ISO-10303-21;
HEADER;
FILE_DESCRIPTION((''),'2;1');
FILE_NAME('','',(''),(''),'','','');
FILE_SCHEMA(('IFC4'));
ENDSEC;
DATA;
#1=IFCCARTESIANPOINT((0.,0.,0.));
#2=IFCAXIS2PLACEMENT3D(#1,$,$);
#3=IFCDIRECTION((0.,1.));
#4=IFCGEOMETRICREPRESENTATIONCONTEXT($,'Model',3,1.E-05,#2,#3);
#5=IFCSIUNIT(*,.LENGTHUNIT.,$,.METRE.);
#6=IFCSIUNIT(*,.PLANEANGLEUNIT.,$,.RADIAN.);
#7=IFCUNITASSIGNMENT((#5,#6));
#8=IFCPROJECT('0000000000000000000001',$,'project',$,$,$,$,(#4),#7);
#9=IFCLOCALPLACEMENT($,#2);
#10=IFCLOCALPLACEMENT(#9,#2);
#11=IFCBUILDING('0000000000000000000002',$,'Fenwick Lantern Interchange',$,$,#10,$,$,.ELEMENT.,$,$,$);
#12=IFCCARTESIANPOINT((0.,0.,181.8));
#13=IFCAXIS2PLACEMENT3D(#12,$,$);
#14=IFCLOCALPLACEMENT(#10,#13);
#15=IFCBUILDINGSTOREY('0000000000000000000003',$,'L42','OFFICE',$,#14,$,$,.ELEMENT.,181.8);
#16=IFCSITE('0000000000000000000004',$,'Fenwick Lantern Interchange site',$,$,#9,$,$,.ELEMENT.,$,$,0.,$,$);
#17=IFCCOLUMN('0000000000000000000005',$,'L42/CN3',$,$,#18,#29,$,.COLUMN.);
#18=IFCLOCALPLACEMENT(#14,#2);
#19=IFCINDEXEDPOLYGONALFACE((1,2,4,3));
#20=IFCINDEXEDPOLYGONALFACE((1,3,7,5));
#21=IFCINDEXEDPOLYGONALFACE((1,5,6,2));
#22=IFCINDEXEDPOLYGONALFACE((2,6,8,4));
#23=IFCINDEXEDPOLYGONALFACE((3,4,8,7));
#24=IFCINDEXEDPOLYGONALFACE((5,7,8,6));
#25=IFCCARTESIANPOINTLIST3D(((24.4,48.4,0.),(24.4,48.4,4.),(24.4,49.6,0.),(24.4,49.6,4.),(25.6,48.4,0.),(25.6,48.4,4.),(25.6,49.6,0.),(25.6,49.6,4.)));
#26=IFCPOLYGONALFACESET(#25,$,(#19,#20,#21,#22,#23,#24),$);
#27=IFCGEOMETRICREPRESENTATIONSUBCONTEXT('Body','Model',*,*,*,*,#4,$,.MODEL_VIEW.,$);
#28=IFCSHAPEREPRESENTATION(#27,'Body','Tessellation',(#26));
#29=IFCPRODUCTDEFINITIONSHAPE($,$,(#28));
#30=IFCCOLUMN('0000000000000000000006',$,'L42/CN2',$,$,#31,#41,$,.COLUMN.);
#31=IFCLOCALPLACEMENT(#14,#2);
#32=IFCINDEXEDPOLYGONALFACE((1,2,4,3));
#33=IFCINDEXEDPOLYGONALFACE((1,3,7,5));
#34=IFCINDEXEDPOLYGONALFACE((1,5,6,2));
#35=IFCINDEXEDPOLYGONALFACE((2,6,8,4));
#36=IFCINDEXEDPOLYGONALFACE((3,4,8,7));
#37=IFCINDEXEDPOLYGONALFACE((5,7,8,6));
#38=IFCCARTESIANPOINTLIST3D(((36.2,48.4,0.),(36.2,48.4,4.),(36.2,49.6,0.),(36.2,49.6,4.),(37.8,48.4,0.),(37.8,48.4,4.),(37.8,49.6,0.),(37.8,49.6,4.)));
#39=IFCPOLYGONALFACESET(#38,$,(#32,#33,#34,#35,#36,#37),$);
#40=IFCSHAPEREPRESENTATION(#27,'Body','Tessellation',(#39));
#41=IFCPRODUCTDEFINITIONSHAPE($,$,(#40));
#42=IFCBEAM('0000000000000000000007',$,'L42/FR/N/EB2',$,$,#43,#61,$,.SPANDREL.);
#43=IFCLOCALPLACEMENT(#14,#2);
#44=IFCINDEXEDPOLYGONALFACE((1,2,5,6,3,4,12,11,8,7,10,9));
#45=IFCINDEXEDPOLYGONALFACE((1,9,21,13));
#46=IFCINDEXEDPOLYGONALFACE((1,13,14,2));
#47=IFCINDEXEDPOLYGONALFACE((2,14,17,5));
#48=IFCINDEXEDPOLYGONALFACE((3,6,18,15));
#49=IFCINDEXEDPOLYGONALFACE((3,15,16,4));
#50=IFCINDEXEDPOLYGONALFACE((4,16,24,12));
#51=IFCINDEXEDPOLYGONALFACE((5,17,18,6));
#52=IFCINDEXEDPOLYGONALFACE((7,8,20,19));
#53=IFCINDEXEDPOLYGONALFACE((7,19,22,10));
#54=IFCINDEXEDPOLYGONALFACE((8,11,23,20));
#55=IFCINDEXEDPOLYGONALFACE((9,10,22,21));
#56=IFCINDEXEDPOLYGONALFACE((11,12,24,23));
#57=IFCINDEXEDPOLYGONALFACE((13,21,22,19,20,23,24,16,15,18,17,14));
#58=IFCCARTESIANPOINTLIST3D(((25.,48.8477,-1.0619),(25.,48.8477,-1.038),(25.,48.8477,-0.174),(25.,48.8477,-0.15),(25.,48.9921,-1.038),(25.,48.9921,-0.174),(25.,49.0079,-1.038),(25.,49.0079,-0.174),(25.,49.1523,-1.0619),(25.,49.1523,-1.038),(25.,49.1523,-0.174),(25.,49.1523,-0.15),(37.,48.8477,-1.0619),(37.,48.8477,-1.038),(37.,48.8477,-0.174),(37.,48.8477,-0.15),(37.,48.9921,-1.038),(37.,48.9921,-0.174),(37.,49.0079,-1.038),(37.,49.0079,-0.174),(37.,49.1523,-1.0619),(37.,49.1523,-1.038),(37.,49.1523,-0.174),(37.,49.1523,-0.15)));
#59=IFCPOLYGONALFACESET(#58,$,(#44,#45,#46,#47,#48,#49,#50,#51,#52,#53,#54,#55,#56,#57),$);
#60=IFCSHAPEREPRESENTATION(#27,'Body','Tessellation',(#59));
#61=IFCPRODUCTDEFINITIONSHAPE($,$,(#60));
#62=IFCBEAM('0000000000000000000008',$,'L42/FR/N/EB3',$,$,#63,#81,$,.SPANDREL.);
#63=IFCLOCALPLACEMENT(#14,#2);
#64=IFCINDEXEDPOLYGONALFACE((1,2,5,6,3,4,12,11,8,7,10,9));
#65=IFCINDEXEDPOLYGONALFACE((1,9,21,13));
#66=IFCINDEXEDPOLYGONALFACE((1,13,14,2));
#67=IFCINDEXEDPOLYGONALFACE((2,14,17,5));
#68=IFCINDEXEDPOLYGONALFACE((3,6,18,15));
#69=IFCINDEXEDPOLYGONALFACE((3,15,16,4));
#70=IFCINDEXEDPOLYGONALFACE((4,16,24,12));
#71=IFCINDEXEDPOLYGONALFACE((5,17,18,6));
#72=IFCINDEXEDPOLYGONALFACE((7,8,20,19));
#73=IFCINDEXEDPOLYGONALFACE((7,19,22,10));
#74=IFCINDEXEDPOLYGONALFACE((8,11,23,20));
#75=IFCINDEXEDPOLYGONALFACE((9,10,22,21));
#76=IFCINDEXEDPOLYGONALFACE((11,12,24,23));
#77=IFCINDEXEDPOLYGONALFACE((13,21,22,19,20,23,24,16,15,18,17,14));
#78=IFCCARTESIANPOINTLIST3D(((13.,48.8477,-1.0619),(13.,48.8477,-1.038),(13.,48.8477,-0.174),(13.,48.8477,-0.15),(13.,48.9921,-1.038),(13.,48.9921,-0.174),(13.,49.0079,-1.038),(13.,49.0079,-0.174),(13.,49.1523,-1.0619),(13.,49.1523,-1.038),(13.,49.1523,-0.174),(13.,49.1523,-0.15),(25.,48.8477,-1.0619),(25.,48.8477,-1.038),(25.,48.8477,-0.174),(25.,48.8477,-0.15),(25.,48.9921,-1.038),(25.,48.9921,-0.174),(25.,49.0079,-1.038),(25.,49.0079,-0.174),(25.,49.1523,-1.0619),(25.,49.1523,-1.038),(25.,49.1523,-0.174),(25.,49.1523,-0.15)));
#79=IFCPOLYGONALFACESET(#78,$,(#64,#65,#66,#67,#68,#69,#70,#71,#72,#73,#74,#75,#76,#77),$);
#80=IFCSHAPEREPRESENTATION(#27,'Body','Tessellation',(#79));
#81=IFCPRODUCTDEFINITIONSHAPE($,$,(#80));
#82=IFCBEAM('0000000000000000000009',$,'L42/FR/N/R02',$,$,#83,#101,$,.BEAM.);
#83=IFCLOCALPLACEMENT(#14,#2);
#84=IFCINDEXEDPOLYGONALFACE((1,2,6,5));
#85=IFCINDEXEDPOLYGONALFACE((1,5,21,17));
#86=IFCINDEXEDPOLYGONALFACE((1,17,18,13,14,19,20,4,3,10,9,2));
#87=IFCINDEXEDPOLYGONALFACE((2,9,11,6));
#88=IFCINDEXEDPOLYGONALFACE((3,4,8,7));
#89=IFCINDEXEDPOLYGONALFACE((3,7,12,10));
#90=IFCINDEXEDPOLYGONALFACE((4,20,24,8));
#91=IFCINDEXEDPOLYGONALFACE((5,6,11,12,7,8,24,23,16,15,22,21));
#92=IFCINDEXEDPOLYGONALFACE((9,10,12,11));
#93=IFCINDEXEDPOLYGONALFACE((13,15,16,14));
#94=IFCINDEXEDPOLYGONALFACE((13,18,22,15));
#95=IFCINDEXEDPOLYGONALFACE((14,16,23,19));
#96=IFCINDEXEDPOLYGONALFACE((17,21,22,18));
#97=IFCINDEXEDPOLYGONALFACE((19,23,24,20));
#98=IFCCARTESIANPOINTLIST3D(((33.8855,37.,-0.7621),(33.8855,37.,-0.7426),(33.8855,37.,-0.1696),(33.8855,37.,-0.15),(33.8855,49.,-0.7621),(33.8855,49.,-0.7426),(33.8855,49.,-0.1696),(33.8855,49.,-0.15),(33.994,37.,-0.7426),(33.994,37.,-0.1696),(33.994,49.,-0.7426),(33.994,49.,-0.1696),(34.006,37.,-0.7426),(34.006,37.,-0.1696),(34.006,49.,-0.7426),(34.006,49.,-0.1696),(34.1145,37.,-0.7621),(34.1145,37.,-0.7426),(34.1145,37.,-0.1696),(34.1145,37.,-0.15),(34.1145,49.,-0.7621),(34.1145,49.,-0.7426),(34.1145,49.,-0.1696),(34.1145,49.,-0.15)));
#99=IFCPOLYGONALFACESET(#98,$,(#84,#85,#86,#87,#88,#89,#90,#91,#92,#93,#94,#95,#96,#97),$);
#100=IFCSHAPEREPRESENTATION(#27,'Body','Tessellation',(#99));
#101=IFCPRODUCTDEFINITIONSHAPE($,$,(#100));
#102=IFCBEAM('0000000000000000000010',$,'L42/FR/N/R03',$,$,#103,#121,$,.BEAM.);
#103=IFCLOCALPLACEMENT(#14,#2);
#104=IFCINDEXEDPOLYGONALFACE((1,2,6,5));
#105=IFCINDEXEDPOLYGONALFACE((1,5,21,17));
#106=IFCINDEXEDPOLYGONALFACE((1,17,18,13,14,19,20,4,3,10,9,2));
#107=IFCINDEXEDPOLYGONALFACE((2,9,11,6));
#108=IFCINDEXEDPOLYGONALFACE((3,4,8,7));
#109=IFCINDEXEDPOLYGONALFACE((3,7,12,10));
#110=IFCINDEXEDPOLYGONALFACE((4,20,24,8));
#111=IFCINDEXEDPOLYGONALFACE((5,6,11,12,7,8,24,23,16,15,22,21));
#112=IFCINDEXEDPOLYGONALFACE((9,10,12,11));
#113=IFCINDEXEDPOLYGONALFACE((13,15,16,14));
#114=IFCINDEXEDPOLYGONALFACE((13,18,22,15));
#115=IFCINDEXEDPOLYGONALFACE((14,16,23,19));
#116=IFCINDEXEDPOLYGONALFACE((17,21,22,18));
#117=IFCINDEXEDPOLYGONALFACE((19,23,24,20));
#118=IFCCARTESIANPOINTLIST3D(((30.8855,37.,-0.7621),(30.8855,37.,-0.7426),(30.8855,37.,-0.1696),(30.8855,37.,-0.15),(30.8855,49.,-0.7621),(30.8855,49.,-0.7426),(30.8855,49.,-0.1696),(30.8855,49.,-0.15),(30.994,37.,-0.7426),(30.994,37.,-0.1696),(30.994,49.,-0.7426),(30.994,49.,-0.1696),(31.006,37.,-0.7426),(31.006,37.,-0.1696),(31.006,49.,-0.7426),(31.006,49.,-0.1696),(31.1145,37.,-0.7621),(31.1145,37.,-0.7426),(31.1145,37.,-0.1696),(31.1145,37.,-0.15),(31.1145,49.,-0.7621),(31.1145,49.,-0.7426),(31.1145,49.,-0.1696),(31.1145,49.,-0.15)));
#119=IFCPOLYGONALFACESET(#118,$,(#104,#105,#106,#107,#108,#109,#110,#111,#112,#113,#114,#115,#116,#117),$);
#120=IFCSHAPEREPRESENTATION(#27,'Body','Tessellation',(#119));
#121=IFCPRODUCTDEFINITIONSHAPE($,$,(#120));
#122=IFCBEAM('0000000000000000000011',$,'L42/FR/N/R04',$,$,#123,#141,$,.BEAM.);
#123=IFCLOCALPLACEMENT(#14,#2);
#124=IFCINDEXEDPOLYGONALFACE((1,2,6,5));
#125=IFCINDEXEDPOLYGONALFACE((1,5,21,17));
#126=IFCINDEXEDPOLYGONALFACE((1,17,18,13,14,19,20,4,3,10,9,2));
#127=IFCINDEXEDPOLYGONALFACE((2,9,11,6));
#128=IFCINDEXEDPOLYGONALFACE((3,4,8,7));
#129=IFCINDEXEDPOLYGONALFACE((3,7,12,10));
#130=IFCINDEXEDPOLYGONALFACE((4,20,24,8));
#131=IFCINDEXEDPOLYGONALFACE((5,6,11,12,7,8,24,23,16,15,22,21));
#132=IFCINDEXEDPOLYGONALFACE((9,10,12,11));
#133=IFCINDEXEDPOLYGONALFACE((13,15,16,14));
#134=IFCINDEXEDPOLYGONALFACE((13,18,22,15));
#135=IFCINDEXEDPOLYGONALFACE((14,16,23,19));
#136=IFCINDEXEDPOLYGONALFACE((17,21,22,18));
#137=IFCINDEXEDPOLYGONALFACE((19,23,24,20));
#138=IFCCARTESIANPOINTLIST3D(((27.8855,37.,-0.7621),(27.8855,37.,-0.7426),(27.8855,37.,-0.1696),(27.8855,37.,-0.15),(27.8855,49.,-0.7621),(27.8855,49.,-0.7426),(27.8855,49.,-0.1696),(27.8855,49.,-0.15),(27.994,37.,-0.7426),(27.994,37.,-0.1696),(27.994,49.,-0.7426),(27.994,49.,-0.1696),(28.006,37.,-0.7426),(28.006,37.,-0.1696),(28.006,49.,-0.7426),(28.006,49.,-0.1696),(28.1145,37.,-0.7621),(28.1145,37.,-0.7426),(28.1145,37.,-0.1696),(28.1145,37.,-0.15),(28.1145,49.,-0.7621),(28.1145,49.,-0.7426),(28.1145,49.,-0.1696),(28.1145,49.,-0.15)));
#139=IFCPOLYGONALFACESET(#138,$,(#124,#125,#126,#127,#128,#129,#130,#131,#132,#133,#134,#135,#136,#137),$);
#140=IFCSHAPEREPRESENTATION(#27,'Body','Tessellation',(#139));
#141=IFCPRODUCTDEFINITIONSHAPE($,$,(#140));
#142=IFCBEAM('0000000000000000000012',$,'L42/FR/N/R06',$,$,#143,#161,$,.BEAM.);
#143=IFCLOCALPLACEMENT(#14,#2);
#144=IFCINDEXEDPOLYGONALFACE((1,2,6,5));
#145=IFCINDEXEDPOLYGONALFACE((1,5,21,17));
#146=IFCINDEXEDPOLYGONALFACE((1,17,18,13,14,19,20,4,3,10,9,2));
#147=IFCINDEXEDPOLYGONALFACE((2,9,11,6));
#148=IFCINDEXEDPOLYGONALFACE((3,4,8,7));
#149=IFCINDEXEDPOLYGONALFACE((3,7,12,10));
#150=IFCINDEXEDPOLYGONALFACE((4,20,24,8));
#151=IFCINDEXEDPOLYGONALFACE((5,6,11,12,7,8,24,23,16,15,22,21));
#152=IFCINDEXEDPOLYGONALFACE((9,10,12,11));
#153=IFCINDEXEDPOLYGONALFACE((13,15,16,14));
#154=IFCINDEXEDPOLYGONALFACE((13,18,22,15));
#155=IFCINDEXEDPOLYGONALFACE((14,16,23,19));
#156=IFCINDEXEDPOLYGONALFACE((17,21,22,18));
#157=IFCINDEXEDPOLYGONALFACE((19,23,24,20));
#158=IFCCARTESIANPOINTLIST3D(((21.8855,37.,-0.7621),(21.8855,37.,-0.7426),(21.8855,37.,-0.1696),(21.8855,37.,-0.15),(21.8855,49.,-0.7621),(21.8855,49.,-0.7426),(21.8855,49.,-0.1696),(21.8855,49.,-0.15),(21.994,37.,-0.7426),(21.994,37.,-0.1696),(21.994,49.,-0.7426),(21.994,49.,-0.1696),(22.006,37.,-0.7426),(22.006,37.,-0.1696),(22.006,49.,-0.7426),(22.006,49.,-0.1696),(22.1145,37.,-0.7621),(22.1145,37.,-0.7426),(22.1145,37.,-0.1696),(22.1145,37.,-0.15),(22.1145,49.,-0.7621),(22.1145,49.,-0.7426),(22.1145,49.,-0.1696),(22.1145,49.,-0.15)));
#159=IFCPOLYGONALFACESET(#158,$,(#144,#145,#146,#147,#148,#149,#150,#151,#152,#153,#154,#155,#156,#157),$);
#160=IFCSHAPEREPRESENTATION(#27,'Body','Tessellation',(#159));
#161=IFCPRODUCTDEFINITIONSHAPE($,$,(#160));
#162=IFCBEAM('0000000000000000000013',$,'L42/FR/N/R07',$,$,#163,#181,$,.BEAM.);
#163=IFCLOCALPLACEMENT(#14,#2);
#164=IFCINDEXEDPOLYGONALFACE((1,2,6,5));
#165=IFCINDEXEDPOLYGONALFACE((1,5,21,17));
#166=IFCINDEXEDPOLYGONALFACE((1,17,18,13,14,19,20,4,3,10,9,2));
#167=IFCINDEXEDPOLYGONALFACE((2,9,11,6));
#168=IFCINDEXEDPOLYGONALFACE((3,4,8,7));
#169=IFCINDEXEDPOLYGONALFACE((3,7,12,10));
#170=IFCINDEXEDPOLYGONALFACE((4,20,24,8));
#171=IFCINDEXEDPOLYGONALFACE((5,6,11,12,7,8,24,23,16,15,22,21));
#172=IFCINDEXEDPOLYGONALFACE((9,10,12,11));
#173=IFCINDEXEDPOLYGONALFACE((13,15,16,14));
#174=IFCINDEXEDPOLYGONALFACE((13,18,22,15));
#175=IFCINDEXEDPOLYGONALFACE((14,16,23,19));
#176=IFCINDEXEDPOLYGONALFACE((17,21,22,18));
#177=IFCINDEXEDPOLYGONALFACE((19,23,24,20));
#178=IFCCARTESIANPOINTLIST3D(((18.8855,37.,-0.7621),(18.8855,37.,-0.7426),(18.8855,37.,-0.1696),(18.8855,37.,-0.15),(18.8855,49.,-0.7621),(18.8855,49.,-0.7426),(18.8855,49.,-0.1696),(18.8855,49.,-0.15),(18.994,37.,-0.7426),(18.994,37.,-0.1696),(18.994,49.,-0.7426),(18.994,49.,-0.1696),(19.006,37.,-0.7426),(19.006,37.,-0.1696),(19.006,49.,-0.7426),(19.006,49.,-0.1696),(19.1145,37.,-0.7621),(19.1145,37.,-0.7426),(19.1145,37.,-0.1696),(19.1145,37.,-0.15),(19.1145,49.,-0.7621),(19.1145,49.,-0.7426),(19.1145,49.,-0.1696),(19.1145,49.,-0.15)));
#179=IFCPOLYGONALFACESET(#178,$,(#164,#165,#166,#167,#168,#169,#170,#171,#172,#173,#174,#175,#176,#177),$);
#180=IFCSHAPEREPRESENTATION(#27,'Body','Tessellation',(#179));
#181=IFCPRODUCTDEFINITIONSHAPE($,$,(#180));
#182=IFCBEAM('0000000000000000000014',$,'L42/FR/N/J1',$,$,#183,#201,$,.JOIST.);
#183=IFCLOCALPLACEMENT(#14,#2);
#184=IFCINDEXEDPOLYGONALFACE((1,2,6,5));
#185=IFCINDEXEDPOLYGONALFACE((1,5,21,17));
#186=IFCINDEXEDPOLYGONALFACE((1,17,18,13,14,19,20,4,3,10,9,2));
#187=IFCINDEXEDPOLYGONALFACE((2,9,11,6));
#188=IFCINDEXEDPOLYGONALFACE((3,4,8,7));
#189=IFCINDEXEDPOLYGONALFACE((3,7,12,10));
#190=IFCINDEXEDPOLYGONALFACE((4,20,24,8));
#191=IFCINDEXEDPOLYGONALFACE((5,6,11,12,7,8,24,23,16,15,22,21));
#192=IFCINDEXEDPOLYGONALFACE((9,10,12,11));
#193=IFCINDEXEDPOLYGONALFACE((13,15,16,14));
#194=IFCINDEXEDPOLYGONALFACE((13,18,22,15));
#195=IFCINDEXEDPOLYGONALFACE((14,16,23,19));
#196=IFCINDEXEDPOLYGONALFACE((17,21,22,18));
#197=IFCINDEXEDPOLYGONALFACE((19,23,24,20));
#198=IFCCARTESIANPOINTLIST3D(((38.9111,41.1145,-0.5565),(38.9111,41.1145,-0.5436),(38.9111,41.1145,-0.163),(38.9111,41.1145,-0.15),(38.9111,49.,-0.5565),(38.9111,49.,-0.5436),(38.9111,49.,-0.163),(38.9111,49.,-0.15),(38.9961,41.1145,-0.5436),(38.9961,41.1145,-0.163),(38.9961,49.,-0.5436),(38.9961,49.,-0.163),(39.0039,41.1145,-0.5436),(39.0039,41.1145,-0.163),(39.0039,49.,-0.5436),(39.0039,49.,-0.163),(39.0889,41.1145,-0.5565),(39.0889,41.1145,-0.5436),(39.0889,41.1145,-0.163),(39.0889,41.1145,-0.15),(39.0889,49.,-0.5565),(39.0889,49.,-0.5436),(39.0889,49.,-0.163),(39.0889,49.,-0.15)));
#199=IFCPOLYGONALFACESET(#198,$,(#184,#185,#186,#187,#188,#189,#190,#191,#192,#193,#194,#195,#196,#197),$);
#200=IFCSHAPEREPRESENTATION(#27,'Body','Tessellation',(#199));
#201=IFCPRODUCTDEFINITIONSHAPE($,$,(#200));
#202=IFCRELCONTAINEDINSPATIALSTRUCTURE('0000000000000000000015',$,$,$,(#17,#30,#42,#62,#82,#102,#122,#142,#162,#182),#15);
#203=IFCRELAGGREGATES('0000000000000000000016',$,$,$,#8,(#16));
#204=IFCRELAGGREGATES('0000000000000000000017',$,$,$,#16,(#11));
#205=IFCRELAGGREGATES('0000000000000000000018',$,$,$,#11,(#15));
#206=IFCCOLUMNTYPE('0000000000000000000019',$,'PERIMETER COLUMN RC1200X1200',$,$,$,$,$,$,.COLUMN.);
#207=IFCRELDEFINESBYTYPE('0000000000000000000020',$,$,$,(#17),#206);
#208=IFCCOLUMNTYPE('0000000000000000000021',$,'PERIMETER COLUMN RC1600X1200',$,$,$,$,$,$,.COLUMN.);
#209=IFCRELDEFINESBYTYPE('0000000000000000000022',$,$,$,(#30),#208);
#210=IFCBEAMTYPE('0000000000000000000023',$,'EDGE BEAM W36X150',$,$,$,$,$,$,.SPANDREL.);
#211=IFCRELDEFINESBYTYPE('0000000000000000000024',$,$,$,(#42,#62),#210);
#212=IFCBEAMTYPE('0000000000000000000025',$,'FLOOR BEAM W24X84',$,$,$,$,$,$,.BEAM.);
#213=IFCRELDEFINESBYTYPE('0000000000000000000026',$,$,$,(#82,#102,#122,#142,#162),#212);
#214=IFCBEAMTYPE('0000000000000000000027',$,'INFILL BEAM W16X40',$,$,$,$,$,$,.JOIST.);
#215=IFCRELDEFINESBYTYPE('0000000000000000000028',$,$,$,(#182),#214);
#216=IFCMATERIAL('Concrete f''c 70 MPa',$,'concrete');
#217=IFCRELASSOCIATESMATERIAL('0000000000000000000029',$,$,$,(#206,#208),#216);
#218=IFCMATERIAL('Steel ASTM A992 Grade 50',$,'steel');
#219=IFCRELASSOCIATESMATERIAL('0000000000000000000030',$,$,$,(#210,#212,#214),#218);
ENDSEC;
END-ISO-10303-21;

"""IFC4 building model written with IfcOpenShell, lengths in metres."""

from ifc_helpers import new_model, si_unit, direction, frame, origin, origin_2d, place, context, subcontext, project, spatial, rectangle, i_section, extrude, material, material_profile, profile_set, type_object, element, save


model = new_model("IFC4")

# Units and contexts
model_context = context("Model", 3, precision=1e-05, world=origin(), true_north=direction((0.0, 1.0)))
body_context = subcontext(model_context, "Body", "Model", "MODEL_VIEW")
ifc_project = project(units=[si_unit("LENGTHUNIT", "METRE"), si_unit("PLANEANGLEUNIT", "RADIAN")], contexts=[model_context])

# Site, building, storey
site_placement = place(None, origin())
site = spatial("IfcSite", under=ifc_project, at=site_placement, Name="Fenwick Lantern Interchange site", CompositionType="ELEMENT", RefElevation=0.0)
building_placement = place(site_placement, origin())
building = spatial("IfcBuilding", under=site, at=building_placement, Name="Fenwick Lantern Interchange", CompositionType="ELEMENT")
storey_placement = place(building_placement, frame((0.0, 0.0, 181.8)))
storey = spatial("IfcBuildingStorey", under=building, at=storey_placement, Name="L42", Description="OFFICE", CompositionType="ELEMENT", Elevation=181.8)

# Columns
ifc_material_1 = material(Name="Concrete f'c 70 MPa", Category="concrete")
ifc_material_profile_1 = material_profile(ifc_material_1, rectangle(XDim=1.2, YDim=1.2, at=origin_2d()), Name="RC1200X1200")
ifc_profile_set_1 = profile_set([ifc_material_profile_1], Name="Concrete f'c 70 MPa")
column_type_1 = type_object("IfcColumnType", Name="PERIMETER COLUMN RC1200X1200", PredefinedType="COLUMN", material=ifc_profile_set_1)
column_1_placement = place(storey_placement, frame((25.0, 49.0, 0.0), z_axis=(0.0, 0.0, 1.0), x_axis=(1.0, 0.0, 0.0)))
element("IfcColumn", 1, at=column_1_placement, inside=storey, type_object=column_type_1, Name="L42/CN3", PredefinedType="COLUMN", context=body_context, shape_type="SweptSolid", body=[
    extrude(rectangle(XDim=1.2, YDim=1.2, at=origin_2d()), origin(), (0.0, 0.0, 1.0), 4.0),
])
ifc_material_profile_2 = material_profile(ifc_material_1, rectangle(XDim=1.6001, YDim=1.2, at=origin_2d()), Name="RC1600X1200")
ifc_profile_set_2 = profile_set([ifc_material_profile_2], Name="Concrete f'c 70 MPa")
column_type_2 = type_object("IfcColumnType", Name="PERIMETER COLUMN RC1600X1200", PredefinedType="COLUMN", material=ifc_profile_set_2)
column_2_placement = place(storey_placement, frame((37.0, 49.0, 0.0), z_axis=(0.0, 0.0, 1.0), x_axis=(1.0, 0.0, 0.0)))
element("IfcColumn", 2, at=column_2_placement, inside=storey, type_object=column_type_2, Name="L42/CN2", PredefinedType="COLUMN", context=body_context, shape_type="SweptSolid", body=[
    extrude(rectangle(XDim=1.6001, YDim=1.2, at=origin_2d()), origin(), (0.0, 0.0, 1.0), 4.0),
])

# Beams
ifc_material_2 = material(Name="Steel ASTM A992 Grade 50", Category="steel")
ifc_material_profile_3 = material_profile(ifc_material_2, i_section(OverallWidth=0.3047, OverallDepth=0.9119, WebThickness=0.0159, FlangeThickness=0.0239, at=origin_2d()), Name="W36X150")
ifc_profile_set_3 = profile_set([ifc_material_profile_3], Name="Steel ASTM A992 Grade 50")
beam_type_1 = type_object("IfcBeamType", Name="EDGE BEAM W36X150", PredefinedType="SPANDREL", material=ifc_profile_set_3)
for number, where, z_axis, x_axis, name in (
    (3, (37.0, 49.0, -0.606), (-1.0, 0.0, 0.0), (0.0, -1.0, 0.0), "L42/FR/N/EB2"),
    (4, (25.0, 49.0, -0.606), (-1.0, 0.0, 0.0), (0.0, -1.0, 0.0), "L42/FR/N/EB3"),
):
    element("IfcBeam", number, at=place(storey_placement, frame(where, z_axis=z_axis, x_axis=x_axis)), inside=storey, type_object=beam_type_1, Name=name, PredefinedType="SPANDREL", context=body_context, shape_type="SweptSolid", body=[
        extrude(i_section(OverallWidth=0.3047, OverallDepth=0.9119, WebThickness=0.0159, FlangeThickness=0.0239, at=origin_2d()), origin(), (0.0, 0.0, 1.0), 12.0),
    ])
ifc_material_profile_4 = material_profile(ifc_material_2, i_section(OverallWidth=0.229, OverallDepth=0.6121, WebThickness=0.012, FlangeThickness=0.0195, at=origin_2d()), Name="W24X84")
ifc_profile_set_4 = profile_set([ifc_material_profile_4], Name="Steel ASTM A992 Grade 50")
beam_type_2 = type_object("IfcBeamType", Name="FLOOR BEAM W24X84", PredefinedType="BEAM", material=ifc_profile_set_4)
for number, where, z_axis, x_axis, name in (
    (5, (34.0, 49.0, -0.4561), (0.0, -1.0, 0.0), (1.0, 0.0, 0.0), "L42/FR/N/R02"),
    (6, (31.0, 49.0, -0.4561), (0.0, -1.0, 0.0), (1.0, 0.0, 0.0), "L42/FR/N/R03"),
    (7, (28.0, 49.0, -0.4561), (0.0, -1.0, 0.0), (1.0, 0.0, 0.0), "L42/FR/N/R04"),
    (8, (22.0, 49.0, -0.4561), (0.0, -1.0, 0.0), (1.0, 0.0, 0.0), "L42/FR/N/R06"),
    (9, (19.0, 49.0, -0.4561), (0.0, -1.0, 0.0), (1.0, 0.0, 0.0), "L42/FR/N/R07"),
):
    element("IfcBeam", number, at=place(storey_placement, frame(where, z_axis=z_axis, x_axis=x_axis)), inside=storey, type_object=beam_type_2, Name=name, PredefinedType="BEAM", context=body_context, shape_type="SweptSolid", body=[
        extrude(i_section(OverallWidth=0.229, OverallDepth=0.6121, WebThickness=0.012, FlangeThickness=0.0195, at=origin_2d()), origin(), (0.0, 0.0, 1.0), 12.0),
    ])
ifc_material_profile_5 = material_profile(ifc_material_2, i_section(OverallWidth=0.1777, OverallDepth=0.4065, WebThickness=0.0078, FlangeThickness=0.0129, at=origin_2d()), Name="W16X40")
ifc_profile_set_5 = profile_set([ifc_material_profile_5], Name="Steel ASTM A992 Grade 50")
beam_type_3 = type_object("IfcBeamType", Name="INFILL BEAM W16X40", PredefinedType="JOIST", material=ifc_profile_set_5)
beam_1_placement = place(storey_placement, frame((39.0, 49.0, -0.3533), z_axis=(0.0, -1.0, 0.0), x_axis=(1.0, 0.0, 0.0)))
element("IfcBeam", 10, at=beam_1_placement, inside=storey, type_object=beam_type_3, Name="L42/FR/N/J1", PredefinedType="JOIST", context=body_context, shape_type="SweptSolid", body=[
    extrude(i_section(OverallWidth=0.1777, OverallDepth=0.4065, WebThickness=0.0078, FlangeThickness=0.0129, at=origin_2d()), origin(), (0.0, 0.0, 1.0), 7.8855),
])

save(model, "model.ifc")
